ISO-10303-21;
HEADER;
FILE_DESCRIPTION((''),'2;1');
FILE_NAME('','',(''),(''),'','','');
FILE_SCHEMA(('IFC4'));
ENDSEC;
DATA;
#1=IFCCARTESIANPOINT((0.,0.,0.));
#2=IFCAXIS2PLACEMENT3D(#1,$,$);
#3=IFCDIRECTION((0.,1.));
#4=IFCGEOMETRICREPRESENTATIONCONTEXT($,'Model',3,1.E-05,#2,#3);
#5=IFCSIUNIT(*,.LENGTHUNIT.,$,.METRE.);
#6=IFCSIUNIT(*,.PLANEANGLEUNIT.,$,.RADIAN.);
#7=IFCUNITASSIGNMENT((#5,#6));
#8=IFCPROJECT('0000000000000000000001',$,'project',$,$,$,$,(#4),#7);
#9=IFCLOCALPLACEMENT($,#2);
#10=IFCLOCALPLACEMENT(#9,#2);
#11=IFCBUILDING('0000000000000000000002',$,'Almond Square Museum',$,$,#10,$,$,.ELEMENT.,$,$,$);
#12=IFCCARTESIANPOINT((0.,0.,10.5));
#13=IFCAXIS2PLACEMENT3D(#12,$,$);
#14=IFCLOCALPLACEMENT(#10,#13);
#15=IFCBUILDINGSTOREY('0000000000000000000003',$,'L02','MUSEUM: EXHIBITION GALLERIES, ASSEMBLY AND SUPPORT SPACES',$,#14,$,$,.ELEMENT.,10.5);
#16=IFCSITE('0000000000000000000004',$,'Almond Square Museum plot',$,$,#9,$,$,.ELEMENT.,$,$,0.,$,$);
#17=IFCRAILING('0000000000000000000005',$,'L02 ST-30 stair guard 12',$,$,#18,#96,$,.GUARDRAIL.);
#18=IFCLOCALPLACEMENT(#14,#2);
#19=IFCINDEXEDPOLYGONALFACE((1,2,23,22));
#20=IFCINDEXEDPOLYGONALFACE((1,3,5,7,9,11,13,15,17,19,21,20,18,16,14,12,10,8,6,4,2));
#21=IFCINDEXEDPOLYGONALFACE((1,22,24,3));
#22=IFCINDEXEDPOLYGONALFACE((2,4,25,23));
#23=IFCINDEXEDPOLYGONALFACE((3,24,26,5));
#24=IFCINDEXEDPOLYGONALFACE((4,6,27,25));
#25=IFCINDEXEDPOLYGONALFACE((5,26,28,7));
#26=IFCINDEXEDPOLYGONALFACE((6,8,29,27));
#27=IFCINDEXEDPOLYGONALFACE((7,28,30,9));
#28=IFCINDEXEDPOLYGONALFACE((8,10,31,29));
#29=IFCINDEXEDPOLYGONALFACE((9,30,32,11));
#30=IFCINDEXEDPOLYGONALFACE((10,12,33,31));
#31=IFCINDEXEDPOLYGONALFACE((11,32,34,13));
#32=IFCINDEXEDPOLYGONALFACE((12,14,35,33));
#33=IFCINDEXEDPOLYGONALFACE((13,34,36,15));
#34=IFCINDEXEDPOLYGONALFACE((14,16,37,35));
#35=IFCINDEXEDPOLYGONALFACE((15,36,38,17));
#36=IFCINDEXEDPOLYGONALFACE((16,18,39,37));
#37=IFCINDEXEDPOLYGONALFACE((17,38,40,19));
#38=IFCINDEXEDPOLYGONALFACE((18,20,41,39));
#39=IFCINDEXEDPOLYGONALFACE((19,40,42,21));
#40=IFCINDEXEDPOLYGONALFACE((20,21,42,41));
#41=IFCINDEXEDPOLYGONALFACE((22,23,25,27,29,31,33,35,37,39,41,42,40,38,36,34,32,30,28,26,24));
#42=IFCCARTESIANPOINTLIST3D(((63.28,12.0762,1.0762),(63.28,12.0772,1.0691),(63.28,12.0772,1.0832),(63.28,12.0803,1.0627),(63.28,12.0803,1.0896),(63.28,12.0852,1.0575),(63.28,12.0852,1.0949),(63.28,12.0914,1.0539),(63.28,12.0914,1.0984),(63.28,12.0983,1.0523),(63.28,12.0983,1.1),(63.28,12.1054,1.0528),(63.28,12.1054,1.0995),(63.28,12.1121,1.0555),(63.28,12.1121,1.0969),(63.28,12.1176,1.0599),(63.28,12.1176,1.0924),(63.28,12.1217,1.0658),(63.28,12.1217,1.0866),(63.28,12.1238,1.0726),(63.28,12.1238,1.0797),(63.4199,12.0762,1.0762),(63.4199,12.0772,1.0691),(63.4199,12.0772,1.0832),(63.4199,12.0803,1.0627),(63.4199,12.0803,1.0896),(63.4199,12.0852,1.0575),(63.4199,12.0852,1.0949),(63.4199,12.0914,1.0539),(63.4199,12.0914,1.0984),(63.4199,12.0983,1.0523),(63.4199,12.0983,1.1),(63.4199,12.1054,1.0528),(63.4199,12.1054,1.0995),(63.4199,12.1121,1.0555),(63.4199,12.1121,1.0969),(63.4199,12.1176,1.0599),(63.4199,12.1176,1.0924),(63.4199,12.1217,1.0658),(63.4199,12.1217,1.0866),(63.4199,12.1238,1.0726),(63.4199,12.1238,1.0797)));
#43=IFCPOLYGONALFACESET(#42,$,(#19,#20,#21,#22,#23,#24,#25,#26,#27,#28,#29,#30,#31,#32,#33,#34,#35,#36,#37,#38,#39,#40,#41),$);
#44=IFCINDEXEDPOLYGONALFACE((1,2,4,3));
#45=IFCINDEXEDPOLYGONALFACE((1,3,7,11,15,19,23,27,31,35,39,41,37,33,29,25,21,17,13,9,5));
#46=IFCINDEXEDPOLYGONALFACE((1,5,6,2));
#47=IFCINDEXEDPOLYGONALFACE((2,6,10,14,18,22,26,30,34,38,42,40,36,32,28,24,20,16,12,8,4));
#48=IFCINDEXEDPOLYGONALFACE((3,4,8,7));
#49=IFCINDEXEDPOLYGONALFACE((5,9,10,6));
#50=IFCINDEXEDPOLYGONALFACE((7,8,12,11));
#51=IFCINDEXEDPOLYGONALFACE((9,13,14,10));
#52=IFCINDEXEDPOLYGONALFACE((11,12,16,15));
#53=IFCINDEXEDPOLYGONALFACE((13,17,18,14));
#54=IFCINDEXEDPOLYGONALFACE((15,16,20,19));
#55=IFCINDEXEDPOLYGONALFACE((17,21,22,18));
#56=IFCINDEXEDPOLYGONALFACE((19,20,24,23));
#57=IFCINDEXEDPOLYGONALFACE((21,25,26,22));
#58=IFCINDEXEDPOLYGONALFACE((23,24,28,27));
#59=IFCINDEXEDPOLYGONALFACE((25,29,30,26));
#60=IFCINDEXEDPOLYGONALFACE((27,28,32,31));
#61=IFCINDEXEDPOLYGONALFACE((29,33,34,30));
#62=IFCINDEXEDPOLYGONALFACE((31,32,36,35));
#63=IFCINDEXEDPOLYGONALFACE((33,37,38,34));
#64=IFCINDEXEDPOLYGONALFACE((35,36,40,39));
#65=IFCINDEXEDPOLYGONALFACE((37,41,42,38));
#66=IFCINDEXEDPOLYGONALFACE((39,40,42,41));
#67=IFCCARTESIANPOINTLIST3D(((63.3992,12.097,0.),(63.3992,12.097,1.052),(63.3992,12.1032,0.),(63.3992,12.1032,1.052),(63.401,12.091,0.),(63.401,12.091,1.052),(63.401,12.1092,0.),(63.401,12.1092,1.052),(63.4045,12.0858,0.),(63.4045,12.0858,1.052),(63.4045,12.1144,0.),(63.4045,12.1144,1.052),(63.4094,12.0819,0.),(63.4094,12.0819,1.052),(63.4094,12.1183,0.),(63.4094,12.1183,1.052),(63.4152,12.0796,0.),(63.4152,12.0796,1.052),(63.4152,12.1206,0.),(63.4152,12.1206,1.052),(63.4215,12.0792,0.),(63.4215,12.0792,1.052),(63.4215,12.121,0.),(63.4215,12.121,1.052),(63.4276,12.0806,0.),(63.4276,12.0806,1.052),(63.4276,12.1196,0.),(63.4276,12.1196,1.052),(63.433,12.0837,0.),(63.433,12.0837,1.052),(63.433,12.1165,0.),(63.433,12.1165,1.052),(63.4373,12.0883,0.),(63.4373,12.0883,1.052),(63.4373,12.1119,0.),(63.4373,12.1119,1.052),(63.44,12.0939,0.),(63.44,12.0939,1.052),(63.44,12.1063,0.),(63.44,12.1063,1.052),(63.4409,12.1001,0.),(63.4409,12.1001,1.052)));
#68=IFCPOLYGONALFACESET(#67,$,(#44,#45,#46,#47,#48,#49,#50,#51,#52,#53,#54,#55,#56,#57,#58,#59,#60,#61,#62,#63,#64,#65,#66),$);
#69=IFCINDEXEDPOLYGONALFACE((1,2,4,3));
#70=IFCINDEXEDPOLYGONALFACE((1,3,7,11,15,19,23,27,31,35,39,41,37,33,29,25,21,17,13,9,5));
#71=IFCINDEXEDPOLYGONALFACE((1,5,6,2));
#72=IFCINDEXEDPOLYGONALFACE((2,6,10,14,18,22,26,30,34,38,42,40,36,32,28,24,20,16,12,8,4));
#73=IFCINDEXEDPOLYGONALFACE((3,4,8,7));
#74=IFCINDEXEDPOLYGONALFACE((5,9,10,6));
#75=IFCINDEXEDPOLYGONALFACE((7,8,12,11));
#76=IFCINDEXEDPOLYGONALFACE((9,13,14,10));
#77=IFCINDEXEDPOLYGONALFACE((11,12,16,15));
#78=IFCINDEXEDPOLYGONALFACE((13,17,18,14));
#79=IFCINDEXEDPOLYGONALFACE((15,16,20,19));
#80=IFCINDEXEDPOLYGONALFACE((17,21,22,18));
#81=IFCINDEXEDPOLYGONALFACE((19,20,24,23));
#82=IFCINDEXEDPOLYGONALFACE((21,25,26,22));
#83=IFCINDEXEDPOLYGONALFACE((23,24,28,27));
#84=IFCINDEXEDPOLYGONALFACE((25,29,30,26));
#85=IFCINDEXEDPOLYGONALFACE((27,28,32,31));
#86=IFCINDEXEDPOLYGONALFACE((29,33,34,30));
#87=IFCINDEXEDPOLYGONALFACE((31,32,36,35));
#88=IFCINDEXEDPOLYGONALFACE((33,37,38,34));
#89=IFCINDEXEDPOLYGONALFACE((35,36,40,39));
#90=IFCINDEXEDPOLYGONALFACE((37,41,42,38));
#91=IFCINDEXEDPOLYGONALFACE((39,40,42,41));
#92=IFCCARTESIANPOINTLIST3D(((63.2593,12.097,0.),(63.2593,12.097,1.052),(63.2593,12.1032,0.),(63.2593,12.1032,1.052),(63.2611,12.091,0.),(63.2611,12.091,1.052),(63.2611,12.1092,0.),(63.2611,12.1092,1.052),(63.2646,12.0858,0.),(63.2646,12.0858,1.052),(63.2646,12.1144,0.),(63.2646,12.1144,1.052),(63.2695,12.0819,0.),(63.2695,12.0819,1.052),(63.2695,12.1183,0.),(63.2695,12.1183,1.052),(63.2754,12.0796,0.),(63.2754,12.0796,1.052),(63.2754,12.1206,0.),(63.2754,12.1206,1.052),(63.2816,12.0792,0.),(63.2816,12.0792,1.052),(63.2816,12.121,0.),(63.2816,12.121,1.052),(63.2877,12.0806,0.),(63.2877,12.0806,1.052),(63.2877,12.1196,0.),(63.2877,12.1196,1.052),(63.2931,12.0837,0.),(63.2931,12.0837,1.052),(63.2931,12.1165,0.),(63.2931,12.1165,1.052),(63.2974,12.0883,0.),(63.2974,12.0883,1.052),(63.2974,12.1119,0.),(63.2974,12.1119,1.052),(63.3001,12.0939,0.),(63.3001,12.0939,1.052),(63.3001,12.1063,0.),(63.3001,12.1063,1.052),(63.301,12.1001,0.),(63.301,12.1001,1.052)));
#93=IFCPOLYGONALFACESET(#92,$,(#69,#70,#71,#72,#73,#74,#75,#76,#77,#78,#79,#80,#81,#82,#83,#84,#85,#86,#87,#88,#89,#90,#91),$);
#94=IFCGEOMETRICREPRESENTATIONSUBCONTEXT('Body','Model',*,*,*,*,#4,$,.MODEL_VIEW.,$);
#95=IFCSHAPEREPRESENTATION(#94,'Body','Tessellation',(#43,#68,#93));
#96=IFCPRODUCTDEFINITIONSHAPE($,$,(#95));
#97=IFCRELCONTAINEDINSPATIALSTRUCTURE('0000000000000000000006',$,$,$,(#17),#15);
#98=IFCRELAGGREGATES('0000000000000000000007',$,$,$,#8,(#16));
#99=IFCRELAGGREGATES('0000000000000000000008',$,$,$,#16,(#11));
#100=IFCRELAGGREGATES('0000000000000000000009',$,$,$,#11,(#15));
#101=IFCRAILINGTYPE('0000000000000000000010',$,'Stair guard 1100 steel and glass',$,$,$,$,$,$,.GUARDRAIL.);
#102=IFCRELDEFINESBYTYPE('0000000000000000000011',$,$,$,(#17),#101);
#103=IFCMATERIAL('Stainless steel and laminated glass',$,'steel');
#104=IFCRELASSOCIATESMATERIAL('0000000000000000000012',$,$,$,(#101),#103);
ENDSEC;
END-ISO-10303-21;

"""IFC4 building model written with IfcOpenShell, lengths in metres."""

from ifc_helpers import new_model, si_unit, direction, frame, origin, origin_2d, place, context, subcontext, project, spatial, circle, extrude, material, type_object, element, save


model = new_model("IFC4")

# Units and contexts
model_context = context("Model", 3, precision=1e-05, world=origin(), true_north=direction((0.0, 1.0)))
body_context = subcontext(model_context, "Body", "Model", "MODEL_VIEW")
ifc_project = project(units=[si_unit("LENGTHUNIT", "METRE"), si_unit("PLANEANGLEUNIT", "RADIAN")], contexts=[model_context])

# Site, building, storey
site_placement = place(None, origin())
site = spatial("IfcSite", under=ifc_project, at=site_placement, Name="Almond Square Museum plot", CompositionType="ELEMENT", RefElevation=0.0)
building_placement = place(site_placement, origin())
building = spatial("IfcBuilding", under=site, at=building_placement, Name="Almond Square Museum", CompositionType="ELEMENT")
storey_placement = place(building_placement, frame((0.0, 0.0, 10.5)))
storey = spatial("IfcBuildingStorey", under=building, at=storey_placement, Name="L02", Description="MUSEUM: EXHIBITION GALLERIES, ASSEMBLY AND SUPPORT SPACES", CompositionType="ELEMENT", Elevation=10.5)

# Railing
ifc_material_1 = material(Name="Stainless steel and laminated glass", Category="steel")
railing_type_1 = type_object("IfcRailingType", Name="Stair guard 1100 steel and glass", PredefinedType="GUARDRAIL", material=ifc_material_1)
for number, where, name in (
    (1, (63.4199, 12.1001, 0.0), "L02 ST-30 stair guard 12"),
):
    element("IfcRailing", number, at=place(storey_placement, frame(where)), inside=storey, type_object=railing_type_1, Name=name, PredefinedType="GUARDRAIL", context=body_context, shape_type="SweptSolid", body=[
        extrude(circle(Radius=0.0239, at=origin_2d()), frame((0.0, 0.0, 1.0762), z_axis=(-1.0, 0.0, 0.0), x_axis=(0.0, -1.0, 0.0)), (0.0, 0.0, 1.0), 0.1399),
        extrude(circle(Radius=0.021, at=origin_2d()), origin(), (0.0, 0.0, 1.0), 1.052),
        extrude(circle(Radius=0.021, at=origin_2d()), frame((-0.1399, 0.0, 0.0)), (0.0, 0.0, 1.0), 1.052),
    ])

save(model, "model.ifc")
